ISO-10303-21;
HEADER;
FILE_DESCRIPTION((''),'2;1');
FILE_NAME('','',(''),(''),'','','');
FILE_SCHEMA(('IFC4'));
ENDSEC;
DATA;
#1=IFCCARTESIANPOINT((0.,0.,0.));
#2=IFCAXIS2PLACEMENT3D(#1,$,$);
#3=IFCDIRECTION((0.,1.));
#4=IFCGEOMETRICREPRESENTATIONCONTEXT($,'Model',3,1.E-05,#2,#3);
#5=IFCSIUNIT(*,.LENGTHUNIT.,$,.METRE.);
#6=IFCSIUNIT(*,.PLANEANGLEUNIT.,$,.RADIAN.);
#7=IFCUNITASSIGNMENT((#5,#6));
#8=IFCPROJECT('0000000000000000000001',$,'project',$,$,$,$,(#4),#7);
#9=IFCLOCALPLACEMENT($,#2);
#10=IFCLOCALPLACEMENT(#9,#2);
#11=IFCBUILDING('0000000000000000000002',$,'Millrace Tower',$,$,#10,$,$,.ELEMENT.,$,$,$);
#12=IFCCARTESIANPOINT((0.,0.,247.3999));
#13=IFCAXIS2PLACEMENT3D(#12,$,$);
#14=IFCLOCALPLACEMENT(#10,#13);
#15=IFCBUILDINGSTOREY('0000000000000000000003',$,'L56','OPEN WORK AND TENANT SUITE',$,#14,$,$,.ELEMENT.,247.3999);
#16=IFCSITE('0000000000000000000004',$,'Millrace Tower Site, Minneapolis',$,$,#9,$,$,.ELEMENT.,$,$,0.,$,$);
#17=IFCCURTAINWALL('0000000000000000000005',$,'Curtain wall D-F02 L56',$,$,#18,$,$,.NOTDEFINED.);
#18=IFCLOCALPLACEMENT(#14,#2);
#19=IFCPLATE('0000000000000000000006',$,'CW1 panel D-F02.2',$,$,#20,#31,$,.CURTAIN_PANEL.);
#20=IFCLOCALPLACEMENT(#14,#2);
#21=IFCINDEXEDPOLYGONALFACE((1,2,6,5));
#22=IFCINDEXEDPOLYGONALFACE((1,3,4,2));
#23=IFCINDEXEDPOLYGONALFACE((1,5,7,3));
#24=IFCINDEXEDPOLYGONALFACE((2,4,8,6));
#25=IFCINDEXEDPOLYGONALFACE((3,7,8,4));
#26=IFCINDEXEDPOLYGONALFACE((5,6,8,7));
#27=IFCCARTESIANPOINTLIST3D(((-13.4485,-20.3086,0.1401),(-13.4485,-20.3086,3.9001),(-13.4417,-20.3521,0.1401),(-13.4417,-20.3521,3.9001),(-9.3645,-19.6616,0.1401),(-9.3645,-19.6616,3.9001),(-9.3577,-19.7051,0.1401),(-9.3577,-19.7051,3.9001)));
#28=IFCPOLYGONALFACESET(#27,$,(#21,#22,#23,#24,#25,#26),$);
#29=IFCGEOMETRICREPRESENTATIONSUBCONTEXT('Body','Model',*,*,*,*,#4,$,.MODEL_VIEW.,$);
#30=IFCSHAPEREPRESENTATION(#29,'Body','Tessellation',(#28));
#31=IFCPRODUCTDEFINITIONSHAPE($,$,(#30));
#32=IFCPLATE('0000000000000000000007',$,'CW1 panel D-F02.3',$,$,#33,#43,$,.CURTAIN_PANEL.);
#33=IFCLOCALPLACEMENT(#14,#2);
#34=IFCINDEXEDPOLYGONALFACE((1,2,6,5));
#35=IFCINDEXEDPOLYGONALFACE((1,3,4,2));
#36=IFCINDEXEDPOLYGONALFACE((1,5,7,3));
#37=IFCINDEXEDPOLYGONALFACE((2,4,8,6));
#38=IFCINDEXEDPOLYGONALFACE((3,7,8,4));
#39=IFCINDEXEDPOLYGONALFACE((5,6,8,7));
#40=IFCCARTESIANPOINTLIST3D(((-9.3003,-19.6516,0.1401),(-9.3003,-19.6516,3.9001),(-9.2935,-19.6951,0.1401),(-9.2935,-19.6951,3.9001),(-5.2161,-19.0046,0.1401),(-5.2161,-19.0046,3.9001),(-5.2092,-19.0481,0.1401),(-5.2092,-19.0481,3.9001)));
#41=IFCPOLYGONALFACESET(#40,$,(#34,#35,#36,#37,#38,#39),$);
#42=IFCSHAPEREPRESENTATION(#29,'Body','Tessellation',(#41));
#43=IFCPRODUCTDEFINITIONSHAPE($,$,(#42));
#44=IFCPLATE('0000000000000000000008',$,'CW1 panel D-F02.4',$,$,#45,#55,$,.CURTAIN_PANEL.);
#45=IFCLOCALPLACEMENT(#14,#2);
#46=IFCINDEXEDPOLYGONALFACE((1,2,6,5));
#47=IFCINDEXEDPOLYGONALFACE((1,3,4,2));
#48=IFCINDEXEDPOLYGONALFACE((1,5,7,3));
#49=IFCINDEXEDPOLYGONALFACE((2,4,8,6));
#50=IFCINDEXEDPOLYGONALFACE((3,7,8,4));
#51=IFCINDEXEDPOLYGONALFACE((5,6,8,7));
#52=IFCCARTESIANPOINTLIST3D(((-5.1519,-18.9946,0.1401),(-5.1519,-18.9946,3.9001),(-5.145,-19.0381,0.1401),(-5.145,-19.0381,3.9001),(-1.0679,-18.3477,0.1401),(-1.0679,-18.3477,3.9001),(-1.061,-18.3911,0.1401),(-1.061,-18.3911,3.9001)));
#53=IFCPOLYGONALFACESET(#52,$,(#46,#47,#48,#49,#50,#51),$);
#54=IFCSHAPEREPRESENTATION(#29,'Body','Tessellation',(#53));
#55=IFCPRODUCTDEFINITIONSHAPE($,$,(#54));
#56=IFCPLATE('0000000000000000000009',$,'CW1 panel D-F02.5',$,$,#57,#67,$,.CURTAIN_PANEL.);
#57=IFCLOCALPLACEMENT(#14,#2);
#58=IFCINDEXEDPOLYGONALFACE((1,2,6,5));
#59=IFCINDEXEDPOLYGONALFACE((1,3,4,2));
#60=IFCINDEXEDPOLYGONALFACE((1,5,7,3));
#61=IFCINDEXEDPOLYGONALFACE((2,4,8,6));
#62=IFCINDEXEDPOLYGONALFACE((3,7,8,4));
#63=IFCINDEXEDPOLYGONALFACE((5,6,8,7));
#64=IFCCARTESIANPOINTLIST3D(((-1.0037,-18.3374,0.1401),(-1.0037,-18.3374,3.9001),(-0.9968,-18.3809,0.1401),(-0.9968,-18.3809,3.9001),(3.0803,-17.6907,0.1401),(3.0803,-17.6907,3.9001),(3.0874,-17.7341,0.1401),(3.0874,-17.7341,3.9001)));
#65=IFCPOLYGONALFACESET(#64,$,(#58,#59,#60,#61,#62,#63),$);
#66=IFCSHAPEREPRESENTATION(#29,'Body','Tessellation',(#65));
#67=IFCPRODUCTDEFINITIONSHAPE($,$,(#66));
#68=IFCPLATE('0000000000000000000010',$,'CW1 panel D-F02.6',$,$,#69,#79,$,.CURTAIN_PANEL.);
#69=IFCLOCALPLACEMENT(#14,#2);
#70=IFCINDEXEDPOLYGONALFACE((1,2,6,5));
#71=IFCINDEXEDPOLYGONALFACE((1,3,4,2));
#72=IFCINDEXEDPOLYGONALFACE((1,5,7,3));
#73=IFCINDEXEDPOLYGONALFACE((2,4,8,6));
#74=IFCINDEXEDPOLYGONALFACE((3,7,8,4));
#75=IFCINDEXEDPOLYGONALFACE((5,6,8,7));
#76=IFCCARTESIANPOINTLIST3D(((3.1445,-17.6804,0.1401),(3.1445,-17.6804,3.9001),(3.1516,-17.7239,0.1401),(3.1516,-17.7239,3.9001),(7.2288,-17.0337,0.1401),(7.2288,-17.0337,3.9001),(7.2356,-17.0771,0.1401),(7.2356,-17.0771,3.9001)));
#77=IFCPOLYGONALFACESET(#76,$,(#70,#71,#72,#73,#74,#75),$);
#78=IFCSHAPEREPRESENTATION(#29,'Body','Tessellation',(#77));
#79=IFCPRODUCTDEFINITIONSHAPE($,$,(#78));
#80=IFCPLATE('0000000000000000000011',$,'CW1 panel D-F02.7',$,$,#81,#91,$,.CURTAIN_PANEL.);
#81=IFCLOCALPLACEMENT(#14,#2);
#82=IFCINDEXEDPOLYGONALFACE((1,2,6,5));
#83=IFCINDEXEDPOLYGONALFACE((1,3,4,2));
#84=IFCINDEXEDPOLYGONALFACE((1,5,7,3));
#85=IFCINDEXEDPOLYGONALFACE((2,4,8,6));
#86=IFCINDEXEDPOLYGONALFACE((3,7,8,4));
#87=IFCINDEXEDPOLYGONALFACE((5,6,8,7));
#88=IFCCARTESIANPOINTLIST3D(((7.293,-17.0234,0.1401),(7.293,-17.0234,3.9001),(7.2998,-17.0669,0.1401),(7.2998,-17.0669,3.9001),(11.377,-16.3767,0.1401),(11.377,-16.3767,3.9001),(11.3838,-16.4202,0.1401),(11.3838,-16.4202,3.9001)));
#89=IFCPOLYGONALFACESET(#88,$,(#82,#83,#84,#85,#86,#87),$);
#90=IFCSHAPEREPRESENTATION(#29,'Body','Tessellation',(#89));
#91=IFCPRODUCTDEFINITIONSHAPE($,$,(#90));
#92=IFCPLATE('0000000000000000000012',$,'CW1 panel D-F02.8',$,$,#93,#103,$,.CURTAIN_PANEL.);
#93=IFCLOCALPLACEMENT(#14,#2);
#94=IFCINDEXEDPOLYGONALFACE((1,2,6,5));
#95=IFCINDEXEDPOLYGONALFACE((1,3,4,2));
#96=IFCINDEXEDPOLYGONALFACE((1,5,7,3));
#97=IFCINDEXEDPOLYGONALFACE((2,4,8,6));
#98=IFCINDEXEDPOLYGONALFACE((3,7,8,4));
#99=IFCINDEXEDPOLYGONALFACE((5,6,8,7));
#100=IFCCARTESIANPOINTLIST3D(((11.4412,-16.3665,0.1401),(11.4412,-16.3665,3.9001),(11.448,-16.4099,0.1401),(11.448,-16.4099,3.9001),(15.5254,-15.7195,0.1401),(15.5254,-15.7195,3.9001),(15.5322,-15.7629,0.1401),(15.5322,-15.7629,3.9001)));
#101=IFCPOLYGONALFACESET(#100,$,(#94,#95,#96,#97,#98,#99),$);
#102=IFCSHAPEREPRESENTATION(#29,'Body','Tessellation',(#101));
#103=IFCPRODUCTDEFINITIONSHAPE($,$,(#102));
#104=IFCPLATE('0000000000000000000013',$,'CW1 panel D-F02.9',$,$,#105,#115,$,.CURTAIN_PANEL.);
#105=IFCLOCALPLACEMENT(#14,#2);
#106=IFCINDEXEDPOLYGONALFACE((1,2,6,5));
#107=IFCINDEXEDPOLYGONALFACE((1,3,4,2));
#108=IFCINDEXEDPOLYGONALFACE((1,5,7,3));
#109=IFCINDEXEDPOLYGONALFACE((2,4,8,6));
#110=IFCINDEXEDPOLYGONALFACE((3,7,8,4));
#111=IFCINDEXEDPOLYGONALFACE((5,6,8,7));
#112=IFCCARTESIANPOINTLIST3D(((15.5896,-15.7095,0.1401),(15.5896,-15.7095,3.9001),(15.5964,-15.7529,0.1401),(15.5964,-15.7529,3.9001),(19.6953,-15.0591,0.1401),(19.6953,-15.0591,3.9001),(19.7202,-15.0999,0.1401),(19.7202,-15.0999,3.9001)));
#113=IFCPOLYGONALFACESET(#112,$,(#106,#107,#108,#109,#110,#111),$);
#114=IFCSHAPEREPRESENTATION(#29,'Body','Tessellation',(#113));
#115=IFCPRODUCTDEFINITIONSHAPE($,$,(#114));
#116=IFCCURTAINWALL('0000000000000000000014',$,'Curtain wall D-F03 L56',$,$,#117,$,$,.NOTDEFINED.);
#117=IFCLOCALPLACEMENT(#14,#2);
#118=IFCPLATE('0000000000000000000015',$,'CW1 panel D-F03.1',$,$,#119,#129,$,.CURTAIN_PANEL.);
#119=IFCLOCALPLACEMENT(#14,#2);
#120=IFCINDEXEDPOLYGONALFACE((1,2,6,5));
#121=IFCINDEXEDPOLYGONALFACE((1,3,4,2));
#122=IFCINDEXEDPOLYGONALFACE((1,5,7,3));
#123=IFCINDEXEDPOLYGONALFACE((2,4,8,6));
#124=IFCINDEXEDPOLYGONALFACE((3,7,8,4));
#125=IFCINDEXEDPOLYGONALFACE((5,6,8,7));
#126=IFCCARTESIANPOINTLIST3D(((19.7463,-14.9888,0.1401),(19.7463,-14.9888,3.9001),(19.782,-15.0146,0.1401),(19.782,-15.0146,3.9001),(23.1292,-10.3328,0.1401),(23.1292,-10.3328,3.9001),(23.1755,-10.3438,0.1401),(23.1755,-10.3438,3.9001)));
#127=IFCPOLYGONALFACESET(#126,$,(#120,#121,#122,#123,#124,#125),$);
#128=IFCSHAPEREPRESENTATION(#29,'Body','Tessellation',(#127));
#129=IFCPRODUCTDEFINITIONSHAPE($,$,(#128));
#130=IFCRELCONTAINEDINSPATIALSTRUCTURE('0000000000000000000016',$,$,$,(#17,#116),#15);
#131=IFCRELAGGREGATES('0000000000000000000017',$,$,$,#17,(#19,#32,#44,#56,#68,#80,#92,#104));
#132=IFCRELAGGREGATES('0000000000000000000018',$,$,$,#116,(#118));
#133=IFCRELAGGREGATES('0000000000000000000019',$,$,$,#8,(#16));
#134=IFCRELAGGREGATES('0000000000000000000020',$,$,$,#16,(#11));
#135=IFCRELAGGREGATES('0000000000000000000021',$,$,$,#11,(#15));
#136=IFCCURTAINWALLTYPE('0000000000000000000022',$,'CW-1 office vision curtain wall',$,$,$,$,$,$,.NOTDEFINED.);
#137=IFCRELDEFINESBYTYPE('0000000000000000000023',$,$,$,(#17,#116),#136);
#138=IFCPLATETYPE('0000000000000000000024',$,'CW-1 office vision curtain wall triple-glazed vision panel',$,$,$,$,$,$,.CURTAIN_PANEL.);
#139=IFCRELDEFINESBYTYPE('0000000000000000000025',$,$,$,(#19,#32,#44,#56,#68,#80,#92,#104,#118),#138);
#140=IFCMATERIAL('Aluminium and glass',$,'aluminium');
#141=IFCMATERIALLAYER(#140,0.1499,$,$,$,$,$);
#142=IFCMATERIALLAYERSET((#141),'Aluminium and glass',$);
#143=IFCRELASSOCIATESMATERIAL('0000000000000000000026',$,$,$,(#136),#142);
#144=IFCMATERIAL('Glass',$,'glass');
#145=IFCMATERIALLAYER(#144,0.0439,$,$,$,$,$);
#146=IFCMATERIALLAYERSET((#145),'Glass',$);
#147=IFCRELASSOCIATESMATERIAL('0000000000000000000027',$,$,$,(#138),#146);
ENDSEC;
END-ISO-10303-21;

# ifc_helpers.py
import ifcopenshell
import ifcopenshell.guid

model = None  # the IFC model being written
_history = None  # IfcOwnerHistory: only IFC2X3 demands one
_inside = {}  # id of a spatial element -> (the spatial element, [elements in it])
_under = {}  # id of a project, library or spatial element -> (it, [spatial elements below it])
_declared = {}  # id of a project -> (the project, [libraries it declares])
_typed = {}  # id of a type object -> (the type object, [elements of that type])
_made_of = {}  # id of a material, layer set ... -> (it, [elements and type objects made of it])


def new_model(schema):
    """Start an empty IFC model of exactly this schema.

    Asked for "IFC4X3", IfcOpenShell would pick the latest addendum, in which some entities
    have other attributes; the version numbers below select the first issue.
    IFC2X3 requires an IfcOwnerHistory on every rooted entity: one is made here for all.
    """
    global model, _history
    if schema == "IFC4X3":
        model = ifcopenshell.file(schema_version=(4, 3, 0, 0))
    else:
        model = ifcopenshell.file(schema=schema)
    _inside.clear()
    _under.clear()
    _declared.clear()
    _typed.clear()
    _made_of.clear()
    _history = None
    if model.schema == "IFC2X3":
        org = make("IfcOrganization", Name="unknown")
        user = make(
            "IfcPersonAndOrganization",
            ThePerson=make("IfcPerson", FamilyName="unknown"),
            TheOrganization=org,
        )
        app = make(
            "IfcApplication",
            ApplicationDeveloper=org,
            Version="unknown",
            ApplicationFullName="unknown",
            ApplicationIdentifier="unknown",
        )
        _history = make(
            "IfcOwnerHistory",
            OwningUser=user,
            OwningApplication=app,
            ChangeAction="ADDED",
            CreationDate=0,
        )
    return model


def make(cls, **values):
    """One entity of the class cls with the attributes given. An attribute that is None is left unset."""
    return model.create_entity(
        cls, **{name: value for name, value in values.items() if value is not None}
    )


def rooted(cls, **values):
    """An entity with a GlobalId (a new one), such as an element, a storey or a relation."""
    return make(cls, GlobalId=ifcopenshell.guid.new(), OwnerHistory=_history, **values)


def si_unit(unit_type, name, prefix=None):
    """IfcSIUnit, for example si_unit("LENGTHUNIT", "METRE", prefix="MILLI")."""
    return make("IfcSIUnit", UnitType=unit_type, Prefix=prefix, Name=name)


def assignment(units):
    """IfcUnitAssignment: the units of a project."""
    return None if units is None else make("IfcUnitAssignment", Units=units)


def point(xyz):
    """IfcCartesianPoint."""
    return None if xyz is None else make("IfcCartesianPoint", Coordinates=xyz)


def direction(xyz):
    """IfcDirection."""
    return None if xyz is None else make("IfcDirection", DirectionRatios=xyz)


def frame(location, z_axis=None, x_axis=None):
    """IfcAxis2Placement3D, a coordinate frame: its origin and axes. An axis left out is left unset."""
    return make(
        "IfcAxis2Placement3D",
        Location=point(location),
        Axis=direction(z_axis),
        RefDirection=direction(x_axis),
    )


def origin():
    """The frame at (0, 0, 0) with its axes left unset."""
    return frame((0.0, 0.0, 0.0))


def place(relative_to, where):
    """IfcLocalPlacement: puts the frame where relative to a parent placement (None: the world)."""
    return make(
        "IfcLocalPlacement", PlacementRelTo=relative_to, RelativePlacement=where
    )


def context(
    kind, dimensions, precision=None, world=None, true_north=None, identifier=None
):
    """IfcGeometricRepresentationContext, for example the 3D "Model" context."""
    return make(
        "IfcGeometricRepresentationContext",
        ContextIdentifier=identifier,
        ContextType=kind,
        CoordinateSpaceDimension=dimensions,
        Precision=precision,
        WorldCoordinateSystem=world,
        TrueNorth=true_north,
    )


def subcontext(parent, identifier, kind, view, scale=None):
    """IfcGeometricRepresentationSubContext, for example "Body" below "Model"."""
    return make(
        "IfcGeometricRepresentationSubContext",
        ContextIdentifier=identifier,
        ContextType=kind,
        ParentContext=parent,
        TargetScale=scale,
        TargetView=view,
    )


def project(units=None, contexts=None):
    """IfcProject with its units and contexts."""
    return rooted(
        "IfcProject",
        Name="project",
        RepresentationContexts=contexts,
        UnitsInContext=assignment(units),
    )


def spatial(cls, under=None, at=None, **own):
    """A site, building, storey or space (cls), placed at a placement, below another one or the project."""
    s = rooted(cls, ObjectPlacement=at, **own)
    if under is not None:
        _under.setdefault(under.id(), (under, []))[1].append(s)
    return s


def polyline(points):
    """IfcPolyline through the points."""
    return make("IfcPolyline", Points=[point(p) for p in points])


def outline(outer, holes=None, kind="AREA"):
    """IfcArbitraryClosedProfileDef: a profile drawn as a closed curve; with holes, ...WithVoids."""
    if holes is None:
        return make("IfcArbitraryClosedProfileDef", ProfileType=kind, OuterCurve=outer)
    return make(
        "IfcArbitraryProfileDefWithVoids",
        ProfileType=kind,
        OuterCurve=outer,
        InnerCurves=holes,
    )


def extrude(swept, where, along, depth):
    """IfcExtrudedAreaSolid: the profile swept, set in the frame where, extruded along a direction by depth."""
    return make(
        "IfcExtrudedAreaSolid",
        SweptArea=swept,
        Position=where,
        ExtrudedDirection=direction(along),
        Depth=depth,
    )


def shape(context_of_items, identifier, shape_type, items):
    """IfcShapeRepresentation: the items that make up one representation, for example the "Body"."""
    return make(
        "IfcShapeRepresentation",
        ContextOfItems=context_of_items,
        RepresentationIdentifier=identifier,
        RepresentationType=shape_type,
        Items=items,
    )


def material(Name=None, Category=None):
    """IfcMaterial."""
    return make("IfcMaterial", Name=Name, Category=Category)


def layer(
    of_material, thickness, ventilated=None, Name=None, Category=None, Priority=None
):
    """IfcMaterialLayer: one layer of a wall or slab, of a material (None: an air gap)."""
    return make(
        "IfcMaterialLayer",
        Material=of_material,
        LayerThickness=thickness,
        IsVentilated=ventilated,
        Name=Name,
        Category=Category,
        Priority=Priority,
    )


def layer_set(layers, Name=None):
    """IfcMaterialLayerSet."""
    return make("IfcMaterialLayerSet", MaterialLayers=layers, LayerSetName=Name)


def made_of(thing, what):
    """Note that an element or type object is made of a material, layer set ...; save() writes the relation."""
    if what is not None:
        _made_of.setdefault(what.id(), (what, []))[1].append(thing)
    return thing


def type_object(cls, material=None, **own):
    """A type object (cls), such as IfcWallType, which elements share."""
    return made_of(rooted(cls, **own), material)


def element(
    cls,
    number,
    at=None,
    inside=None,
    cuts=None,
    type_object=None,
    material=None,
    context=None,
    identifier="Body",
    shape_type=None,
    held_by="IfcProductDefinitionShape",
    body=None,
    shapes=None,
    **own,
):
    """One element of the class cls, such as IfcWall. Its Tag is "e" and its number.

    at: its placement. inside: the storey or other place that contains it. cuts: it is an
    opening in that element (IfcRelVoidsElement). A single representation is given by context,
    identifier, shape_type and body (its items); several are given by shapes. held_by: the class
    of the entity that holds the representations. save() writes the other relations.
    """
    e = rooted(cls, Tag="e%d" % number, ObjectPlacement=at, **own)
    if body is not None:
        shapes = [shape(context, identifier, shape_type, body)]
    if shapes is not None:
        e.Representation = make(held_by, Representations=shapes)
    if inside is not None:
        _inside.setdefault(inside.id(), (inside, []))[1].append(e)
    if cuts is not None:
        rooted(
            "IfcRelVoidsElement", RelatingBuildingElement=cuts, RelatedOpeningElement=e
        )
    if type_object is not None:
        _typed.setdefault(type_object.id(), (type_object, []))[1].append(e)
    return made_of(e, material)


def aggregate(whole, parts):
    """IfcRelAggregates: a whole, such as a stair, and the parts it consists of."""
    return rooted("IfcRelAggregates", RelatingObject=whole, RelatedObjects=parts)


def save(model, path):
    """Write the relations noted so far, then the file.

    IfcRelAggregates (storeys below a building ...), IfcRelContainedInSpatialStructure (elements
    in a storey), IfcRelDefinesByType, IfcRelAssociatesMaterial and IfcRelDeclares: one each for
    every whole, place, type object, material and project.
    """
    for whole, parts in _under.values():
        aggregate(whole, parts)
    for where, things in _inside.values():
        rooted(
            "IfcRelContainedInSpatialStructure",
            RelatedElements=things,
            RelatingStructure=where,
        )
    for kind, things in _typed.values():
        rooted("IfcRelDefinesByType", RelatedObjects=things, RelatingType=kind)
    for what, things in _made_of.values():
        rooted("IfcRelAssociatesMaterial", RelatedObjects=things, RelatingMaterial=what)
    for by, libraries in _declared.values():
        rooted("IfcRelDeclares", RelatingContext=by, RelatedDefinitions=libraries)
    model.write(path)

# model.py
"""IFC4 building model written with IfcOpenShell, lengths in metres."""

from ifc_helpers import new_model, si_unit, direction, frame, origin, place, context, subcontext, project, spatial, polyline, outline, extrude, material, layer, layer_set, type_object, element, aggregate, save


model = new_model("IFC4")

# Units and contexts
model_context = context("Model", 3, precision=1e-05, world=origin(), true_north=direction((0.0, 1.0)))
body_context = subcontext(model_context, "Body", "Model", "MODEL_VIEW")
ifc_project = project(units=[si_unit("LENGTHUNIT", "METRE"), si_unit("PLANEANGLEUNIT", "RADIAN")], contexts=[model_context])

# Site, building, storey
site_placement = place(None, origin())
site = spatial("IfcSite", under=ifc_project, at=site_placement, Name="Millrace Tower Site, Minneapolis", CompositionType="ELEMENT", RefElevation=0.0)
building_placement = place(site_placement, origin())
building = spatial("IfcBuilding", under=site, at=building_placement, Name="Millrace Tower", CompositionType="ELEMENT")
storey_placement = place(building_placement, frame((0.0, 0.0, 247.3999)))
storey = spatial("IfcBuildingStorey", under=building, at=storey_placement, Name="L56", Description="OPEN WORK AND TENANT SUITE", CompositionType="ELEMENT", Elevation=247.3999)

# Shared definitions
ifc_material_1 = material(Name="Aluminium and glass", Category="aluminium")
ifc_layer_1 = layer(ifc_material_1, 0.1499)
ifc_layer_set_1 = layer_set([ifc_layer_1], Name="Aluminium and glass")
curtain_wall_type = type_object("IfcCurtainWallType", Name="CW-1 office vision curtain wall", PredefinedType="NOTDEFINED", material=ifc_layer_set_1)
placement_1 = place(storey_placement, origin())
ifc_material_2 = material(Name="Glass", Category="glass")
ifc_layer_2 = layer(ifc_material_2, 0.0439)
ifc_layer_set_2 = layer_set([ifc_layer_2], Name="Glass")
plate_type = type_object("IfcPlateType", Name="CW-1 office vision curtain wall triple-glazed vision panel", PredefinedType="CURTAIN_PANEL", material=ifc_layer_set_2)
placement_2 = place(storey_placement, frame((0.0, 0.0, 0.1401)))

# Curtain wall, plates
curtain_wall_1 = element("IfcCurtainWall", 1, at=placement_1, inside=storey, type_object=curtain_wall_type, Name="Curtain wall D-F02 L56", PredefinedType="NOTDEFINED")
plate_1 = element("IfcPlate", 2, at=placement_2, type_object=plate_type, Name="CW1 panel D-F02.2", PredefinedType="CURTAIN_PANEL", context=body_context, shape_type="SweptSolid", body=[
    extrude(outline(polyline([(-13.4417, -20.3521), (-9.3577, -19.7051), (-9.3645, -19.6616), (-13.4485, -20.3086), (-13.4417, -20.3521)])), origin(), (0.0, 0.0, 1.0), 3.76),
])
plate_2 = element("IfcPlate", 3, at=placement_2, type_object=plate_type, Name="CW1 panel D-F02.3", PredefinedType="CURTAIN_PANEL", context=body_context, shape_type="SweptSolid", body=[
    extrude(outline(polyline([(-9.2935, -19.6951), (-5.2092, -19.0481), (-5.2161, -19.0046), (-9.3003, -19.6516), (-9.2935, -19.6951)])), origin(), (0.0, 0.0, 1.0), 3.76),
])
plate_3 = element("IfcPlate", 4, at=placement_2, type_object=plate_type, Name="CW1 panel D-F02.4", PredefinedType="CURTAIN_PANEL", context=body_context, shape_type="SweptSolid", body=[
    extrude(outline(polyline([(-5.145, -19.0381), (-1.061, -18.3911), (-1.0679, -18.3477), (-5.1519, -18.9946), (-5.145, -19.0381)])), origin(), (0.0, 0.0, 1.0), 3.76),
])
plate_4 = element("IfcPlate", 5, at=placement_2, type_object=plate_type, Name="CW1 panel D-F02.5", PredefinedType="CURTAIN_PANEL", context=body_context, shape_type="SweptSolid", body=[
    extrude(outline(polyline([(-0.9968, -18.3809), (3.0874, -17.7341), (3.0803, -17.6907), (-1.0037, -18.3374), (-0.9968, -18.3809)])), origin(), (0.0, 0.0, 1.0), 3.76),
])
plate_5 = element("IfcPlate", 6, at=placement_2, type_object=plate_type, Name="CW1 panel D-F02.6", PredefinedType="CURTAIN_PANEL", context=body_context, shape_type="SweptSolid", body=[
    extrude(outline(polyline([(3.1516, -17.7239), (7.2356, -17.0771), (7.2288, -17.0337), (3.1445, -17.6804), (3.1516, -17.7239)])), origin(), (0.0, 0.0, 1.0), 3.76),
])
plate_6 = element("IfcPlate", 7, at=placement_2, type_object=plate_type, Name="CW1 panel D-F02.7", PredefinedType="CURTAIN_PANEL", context=body_context, shape_type="SweptSolid", body=[
    extrude(outline(polyline([(7.2998, -17.0669), (11.3838, -16.4202), (11.377, -16.3767), (7.293, -17.0234), (7.2998, -17.0669)])), origin(), (0.0, 0.0, 1.0), 3.76),
])
plate_7 = element("IfcPlate", 8, at=placement_2, type_object=plate_type, Name="CW1 panel D-F02.8", PredefinedType="CURTAIN_PANEL", context=body_context, shape_type="SweptSolid", body=[
    extrude(outline(polyline([(11.448, -16.4099), (15.5322, -15.7629), (15.5254, -15.7195), (11.4412, -16.3665), (11.448, -16.4099)])), origin(), (0.0, 0.0, 1.0), 3.76),
])
plate_8 = element("IfcPlate", 9, at=placement_2, type_object=plate_type, Name="CW1 panel D-F02.9", PredefinedType="CURTAIN_PANEL", context=body_context, shape_type="SweptSolid", body=[
    extrude(outline(polyline([(15.5964, -15.7529), (19.7202, -15.0999), (19.6953, -15.0591), (15.5896, -15.7095), (15.5964, -15.7529)])), origin(), (0.0, 0.0, 1.0), 3.76),
])
aggregate(curtain_wall_1, [plate_1, plate_2, plate_3, plate_4, plate_5, plate_6, plate_7, plate_8])

# Curtain wall, plate
curtain_wall_2 = element("IfcCurtainWall", 10, at=placement_1, inside=storey, type_object=curtain_wall_type, Name="Curtain wall D-F03 L56", PredefinedType="NOTDEFINED")
plate_9 = element("IfcPlate", 11, at=placement_2, type_object=plate_type, Name="CW1 panel D-F03.1", PredefinedType="CURTAIN_PANEL", context=body_context, shape_type="SweptSolid", body=[
    extrude(outline(polyline([(19.782, -15.0146), (23.1755, -10.3438), (23.1292, -10.3328), (19.7463, -14.9888), (19.782, -15.0146)])), origin(), (0.0, 0.0, 1.0), 3.76),
])
aggregate(curtain_wall_2, [plate_9])

save(model, "model.ifc")
